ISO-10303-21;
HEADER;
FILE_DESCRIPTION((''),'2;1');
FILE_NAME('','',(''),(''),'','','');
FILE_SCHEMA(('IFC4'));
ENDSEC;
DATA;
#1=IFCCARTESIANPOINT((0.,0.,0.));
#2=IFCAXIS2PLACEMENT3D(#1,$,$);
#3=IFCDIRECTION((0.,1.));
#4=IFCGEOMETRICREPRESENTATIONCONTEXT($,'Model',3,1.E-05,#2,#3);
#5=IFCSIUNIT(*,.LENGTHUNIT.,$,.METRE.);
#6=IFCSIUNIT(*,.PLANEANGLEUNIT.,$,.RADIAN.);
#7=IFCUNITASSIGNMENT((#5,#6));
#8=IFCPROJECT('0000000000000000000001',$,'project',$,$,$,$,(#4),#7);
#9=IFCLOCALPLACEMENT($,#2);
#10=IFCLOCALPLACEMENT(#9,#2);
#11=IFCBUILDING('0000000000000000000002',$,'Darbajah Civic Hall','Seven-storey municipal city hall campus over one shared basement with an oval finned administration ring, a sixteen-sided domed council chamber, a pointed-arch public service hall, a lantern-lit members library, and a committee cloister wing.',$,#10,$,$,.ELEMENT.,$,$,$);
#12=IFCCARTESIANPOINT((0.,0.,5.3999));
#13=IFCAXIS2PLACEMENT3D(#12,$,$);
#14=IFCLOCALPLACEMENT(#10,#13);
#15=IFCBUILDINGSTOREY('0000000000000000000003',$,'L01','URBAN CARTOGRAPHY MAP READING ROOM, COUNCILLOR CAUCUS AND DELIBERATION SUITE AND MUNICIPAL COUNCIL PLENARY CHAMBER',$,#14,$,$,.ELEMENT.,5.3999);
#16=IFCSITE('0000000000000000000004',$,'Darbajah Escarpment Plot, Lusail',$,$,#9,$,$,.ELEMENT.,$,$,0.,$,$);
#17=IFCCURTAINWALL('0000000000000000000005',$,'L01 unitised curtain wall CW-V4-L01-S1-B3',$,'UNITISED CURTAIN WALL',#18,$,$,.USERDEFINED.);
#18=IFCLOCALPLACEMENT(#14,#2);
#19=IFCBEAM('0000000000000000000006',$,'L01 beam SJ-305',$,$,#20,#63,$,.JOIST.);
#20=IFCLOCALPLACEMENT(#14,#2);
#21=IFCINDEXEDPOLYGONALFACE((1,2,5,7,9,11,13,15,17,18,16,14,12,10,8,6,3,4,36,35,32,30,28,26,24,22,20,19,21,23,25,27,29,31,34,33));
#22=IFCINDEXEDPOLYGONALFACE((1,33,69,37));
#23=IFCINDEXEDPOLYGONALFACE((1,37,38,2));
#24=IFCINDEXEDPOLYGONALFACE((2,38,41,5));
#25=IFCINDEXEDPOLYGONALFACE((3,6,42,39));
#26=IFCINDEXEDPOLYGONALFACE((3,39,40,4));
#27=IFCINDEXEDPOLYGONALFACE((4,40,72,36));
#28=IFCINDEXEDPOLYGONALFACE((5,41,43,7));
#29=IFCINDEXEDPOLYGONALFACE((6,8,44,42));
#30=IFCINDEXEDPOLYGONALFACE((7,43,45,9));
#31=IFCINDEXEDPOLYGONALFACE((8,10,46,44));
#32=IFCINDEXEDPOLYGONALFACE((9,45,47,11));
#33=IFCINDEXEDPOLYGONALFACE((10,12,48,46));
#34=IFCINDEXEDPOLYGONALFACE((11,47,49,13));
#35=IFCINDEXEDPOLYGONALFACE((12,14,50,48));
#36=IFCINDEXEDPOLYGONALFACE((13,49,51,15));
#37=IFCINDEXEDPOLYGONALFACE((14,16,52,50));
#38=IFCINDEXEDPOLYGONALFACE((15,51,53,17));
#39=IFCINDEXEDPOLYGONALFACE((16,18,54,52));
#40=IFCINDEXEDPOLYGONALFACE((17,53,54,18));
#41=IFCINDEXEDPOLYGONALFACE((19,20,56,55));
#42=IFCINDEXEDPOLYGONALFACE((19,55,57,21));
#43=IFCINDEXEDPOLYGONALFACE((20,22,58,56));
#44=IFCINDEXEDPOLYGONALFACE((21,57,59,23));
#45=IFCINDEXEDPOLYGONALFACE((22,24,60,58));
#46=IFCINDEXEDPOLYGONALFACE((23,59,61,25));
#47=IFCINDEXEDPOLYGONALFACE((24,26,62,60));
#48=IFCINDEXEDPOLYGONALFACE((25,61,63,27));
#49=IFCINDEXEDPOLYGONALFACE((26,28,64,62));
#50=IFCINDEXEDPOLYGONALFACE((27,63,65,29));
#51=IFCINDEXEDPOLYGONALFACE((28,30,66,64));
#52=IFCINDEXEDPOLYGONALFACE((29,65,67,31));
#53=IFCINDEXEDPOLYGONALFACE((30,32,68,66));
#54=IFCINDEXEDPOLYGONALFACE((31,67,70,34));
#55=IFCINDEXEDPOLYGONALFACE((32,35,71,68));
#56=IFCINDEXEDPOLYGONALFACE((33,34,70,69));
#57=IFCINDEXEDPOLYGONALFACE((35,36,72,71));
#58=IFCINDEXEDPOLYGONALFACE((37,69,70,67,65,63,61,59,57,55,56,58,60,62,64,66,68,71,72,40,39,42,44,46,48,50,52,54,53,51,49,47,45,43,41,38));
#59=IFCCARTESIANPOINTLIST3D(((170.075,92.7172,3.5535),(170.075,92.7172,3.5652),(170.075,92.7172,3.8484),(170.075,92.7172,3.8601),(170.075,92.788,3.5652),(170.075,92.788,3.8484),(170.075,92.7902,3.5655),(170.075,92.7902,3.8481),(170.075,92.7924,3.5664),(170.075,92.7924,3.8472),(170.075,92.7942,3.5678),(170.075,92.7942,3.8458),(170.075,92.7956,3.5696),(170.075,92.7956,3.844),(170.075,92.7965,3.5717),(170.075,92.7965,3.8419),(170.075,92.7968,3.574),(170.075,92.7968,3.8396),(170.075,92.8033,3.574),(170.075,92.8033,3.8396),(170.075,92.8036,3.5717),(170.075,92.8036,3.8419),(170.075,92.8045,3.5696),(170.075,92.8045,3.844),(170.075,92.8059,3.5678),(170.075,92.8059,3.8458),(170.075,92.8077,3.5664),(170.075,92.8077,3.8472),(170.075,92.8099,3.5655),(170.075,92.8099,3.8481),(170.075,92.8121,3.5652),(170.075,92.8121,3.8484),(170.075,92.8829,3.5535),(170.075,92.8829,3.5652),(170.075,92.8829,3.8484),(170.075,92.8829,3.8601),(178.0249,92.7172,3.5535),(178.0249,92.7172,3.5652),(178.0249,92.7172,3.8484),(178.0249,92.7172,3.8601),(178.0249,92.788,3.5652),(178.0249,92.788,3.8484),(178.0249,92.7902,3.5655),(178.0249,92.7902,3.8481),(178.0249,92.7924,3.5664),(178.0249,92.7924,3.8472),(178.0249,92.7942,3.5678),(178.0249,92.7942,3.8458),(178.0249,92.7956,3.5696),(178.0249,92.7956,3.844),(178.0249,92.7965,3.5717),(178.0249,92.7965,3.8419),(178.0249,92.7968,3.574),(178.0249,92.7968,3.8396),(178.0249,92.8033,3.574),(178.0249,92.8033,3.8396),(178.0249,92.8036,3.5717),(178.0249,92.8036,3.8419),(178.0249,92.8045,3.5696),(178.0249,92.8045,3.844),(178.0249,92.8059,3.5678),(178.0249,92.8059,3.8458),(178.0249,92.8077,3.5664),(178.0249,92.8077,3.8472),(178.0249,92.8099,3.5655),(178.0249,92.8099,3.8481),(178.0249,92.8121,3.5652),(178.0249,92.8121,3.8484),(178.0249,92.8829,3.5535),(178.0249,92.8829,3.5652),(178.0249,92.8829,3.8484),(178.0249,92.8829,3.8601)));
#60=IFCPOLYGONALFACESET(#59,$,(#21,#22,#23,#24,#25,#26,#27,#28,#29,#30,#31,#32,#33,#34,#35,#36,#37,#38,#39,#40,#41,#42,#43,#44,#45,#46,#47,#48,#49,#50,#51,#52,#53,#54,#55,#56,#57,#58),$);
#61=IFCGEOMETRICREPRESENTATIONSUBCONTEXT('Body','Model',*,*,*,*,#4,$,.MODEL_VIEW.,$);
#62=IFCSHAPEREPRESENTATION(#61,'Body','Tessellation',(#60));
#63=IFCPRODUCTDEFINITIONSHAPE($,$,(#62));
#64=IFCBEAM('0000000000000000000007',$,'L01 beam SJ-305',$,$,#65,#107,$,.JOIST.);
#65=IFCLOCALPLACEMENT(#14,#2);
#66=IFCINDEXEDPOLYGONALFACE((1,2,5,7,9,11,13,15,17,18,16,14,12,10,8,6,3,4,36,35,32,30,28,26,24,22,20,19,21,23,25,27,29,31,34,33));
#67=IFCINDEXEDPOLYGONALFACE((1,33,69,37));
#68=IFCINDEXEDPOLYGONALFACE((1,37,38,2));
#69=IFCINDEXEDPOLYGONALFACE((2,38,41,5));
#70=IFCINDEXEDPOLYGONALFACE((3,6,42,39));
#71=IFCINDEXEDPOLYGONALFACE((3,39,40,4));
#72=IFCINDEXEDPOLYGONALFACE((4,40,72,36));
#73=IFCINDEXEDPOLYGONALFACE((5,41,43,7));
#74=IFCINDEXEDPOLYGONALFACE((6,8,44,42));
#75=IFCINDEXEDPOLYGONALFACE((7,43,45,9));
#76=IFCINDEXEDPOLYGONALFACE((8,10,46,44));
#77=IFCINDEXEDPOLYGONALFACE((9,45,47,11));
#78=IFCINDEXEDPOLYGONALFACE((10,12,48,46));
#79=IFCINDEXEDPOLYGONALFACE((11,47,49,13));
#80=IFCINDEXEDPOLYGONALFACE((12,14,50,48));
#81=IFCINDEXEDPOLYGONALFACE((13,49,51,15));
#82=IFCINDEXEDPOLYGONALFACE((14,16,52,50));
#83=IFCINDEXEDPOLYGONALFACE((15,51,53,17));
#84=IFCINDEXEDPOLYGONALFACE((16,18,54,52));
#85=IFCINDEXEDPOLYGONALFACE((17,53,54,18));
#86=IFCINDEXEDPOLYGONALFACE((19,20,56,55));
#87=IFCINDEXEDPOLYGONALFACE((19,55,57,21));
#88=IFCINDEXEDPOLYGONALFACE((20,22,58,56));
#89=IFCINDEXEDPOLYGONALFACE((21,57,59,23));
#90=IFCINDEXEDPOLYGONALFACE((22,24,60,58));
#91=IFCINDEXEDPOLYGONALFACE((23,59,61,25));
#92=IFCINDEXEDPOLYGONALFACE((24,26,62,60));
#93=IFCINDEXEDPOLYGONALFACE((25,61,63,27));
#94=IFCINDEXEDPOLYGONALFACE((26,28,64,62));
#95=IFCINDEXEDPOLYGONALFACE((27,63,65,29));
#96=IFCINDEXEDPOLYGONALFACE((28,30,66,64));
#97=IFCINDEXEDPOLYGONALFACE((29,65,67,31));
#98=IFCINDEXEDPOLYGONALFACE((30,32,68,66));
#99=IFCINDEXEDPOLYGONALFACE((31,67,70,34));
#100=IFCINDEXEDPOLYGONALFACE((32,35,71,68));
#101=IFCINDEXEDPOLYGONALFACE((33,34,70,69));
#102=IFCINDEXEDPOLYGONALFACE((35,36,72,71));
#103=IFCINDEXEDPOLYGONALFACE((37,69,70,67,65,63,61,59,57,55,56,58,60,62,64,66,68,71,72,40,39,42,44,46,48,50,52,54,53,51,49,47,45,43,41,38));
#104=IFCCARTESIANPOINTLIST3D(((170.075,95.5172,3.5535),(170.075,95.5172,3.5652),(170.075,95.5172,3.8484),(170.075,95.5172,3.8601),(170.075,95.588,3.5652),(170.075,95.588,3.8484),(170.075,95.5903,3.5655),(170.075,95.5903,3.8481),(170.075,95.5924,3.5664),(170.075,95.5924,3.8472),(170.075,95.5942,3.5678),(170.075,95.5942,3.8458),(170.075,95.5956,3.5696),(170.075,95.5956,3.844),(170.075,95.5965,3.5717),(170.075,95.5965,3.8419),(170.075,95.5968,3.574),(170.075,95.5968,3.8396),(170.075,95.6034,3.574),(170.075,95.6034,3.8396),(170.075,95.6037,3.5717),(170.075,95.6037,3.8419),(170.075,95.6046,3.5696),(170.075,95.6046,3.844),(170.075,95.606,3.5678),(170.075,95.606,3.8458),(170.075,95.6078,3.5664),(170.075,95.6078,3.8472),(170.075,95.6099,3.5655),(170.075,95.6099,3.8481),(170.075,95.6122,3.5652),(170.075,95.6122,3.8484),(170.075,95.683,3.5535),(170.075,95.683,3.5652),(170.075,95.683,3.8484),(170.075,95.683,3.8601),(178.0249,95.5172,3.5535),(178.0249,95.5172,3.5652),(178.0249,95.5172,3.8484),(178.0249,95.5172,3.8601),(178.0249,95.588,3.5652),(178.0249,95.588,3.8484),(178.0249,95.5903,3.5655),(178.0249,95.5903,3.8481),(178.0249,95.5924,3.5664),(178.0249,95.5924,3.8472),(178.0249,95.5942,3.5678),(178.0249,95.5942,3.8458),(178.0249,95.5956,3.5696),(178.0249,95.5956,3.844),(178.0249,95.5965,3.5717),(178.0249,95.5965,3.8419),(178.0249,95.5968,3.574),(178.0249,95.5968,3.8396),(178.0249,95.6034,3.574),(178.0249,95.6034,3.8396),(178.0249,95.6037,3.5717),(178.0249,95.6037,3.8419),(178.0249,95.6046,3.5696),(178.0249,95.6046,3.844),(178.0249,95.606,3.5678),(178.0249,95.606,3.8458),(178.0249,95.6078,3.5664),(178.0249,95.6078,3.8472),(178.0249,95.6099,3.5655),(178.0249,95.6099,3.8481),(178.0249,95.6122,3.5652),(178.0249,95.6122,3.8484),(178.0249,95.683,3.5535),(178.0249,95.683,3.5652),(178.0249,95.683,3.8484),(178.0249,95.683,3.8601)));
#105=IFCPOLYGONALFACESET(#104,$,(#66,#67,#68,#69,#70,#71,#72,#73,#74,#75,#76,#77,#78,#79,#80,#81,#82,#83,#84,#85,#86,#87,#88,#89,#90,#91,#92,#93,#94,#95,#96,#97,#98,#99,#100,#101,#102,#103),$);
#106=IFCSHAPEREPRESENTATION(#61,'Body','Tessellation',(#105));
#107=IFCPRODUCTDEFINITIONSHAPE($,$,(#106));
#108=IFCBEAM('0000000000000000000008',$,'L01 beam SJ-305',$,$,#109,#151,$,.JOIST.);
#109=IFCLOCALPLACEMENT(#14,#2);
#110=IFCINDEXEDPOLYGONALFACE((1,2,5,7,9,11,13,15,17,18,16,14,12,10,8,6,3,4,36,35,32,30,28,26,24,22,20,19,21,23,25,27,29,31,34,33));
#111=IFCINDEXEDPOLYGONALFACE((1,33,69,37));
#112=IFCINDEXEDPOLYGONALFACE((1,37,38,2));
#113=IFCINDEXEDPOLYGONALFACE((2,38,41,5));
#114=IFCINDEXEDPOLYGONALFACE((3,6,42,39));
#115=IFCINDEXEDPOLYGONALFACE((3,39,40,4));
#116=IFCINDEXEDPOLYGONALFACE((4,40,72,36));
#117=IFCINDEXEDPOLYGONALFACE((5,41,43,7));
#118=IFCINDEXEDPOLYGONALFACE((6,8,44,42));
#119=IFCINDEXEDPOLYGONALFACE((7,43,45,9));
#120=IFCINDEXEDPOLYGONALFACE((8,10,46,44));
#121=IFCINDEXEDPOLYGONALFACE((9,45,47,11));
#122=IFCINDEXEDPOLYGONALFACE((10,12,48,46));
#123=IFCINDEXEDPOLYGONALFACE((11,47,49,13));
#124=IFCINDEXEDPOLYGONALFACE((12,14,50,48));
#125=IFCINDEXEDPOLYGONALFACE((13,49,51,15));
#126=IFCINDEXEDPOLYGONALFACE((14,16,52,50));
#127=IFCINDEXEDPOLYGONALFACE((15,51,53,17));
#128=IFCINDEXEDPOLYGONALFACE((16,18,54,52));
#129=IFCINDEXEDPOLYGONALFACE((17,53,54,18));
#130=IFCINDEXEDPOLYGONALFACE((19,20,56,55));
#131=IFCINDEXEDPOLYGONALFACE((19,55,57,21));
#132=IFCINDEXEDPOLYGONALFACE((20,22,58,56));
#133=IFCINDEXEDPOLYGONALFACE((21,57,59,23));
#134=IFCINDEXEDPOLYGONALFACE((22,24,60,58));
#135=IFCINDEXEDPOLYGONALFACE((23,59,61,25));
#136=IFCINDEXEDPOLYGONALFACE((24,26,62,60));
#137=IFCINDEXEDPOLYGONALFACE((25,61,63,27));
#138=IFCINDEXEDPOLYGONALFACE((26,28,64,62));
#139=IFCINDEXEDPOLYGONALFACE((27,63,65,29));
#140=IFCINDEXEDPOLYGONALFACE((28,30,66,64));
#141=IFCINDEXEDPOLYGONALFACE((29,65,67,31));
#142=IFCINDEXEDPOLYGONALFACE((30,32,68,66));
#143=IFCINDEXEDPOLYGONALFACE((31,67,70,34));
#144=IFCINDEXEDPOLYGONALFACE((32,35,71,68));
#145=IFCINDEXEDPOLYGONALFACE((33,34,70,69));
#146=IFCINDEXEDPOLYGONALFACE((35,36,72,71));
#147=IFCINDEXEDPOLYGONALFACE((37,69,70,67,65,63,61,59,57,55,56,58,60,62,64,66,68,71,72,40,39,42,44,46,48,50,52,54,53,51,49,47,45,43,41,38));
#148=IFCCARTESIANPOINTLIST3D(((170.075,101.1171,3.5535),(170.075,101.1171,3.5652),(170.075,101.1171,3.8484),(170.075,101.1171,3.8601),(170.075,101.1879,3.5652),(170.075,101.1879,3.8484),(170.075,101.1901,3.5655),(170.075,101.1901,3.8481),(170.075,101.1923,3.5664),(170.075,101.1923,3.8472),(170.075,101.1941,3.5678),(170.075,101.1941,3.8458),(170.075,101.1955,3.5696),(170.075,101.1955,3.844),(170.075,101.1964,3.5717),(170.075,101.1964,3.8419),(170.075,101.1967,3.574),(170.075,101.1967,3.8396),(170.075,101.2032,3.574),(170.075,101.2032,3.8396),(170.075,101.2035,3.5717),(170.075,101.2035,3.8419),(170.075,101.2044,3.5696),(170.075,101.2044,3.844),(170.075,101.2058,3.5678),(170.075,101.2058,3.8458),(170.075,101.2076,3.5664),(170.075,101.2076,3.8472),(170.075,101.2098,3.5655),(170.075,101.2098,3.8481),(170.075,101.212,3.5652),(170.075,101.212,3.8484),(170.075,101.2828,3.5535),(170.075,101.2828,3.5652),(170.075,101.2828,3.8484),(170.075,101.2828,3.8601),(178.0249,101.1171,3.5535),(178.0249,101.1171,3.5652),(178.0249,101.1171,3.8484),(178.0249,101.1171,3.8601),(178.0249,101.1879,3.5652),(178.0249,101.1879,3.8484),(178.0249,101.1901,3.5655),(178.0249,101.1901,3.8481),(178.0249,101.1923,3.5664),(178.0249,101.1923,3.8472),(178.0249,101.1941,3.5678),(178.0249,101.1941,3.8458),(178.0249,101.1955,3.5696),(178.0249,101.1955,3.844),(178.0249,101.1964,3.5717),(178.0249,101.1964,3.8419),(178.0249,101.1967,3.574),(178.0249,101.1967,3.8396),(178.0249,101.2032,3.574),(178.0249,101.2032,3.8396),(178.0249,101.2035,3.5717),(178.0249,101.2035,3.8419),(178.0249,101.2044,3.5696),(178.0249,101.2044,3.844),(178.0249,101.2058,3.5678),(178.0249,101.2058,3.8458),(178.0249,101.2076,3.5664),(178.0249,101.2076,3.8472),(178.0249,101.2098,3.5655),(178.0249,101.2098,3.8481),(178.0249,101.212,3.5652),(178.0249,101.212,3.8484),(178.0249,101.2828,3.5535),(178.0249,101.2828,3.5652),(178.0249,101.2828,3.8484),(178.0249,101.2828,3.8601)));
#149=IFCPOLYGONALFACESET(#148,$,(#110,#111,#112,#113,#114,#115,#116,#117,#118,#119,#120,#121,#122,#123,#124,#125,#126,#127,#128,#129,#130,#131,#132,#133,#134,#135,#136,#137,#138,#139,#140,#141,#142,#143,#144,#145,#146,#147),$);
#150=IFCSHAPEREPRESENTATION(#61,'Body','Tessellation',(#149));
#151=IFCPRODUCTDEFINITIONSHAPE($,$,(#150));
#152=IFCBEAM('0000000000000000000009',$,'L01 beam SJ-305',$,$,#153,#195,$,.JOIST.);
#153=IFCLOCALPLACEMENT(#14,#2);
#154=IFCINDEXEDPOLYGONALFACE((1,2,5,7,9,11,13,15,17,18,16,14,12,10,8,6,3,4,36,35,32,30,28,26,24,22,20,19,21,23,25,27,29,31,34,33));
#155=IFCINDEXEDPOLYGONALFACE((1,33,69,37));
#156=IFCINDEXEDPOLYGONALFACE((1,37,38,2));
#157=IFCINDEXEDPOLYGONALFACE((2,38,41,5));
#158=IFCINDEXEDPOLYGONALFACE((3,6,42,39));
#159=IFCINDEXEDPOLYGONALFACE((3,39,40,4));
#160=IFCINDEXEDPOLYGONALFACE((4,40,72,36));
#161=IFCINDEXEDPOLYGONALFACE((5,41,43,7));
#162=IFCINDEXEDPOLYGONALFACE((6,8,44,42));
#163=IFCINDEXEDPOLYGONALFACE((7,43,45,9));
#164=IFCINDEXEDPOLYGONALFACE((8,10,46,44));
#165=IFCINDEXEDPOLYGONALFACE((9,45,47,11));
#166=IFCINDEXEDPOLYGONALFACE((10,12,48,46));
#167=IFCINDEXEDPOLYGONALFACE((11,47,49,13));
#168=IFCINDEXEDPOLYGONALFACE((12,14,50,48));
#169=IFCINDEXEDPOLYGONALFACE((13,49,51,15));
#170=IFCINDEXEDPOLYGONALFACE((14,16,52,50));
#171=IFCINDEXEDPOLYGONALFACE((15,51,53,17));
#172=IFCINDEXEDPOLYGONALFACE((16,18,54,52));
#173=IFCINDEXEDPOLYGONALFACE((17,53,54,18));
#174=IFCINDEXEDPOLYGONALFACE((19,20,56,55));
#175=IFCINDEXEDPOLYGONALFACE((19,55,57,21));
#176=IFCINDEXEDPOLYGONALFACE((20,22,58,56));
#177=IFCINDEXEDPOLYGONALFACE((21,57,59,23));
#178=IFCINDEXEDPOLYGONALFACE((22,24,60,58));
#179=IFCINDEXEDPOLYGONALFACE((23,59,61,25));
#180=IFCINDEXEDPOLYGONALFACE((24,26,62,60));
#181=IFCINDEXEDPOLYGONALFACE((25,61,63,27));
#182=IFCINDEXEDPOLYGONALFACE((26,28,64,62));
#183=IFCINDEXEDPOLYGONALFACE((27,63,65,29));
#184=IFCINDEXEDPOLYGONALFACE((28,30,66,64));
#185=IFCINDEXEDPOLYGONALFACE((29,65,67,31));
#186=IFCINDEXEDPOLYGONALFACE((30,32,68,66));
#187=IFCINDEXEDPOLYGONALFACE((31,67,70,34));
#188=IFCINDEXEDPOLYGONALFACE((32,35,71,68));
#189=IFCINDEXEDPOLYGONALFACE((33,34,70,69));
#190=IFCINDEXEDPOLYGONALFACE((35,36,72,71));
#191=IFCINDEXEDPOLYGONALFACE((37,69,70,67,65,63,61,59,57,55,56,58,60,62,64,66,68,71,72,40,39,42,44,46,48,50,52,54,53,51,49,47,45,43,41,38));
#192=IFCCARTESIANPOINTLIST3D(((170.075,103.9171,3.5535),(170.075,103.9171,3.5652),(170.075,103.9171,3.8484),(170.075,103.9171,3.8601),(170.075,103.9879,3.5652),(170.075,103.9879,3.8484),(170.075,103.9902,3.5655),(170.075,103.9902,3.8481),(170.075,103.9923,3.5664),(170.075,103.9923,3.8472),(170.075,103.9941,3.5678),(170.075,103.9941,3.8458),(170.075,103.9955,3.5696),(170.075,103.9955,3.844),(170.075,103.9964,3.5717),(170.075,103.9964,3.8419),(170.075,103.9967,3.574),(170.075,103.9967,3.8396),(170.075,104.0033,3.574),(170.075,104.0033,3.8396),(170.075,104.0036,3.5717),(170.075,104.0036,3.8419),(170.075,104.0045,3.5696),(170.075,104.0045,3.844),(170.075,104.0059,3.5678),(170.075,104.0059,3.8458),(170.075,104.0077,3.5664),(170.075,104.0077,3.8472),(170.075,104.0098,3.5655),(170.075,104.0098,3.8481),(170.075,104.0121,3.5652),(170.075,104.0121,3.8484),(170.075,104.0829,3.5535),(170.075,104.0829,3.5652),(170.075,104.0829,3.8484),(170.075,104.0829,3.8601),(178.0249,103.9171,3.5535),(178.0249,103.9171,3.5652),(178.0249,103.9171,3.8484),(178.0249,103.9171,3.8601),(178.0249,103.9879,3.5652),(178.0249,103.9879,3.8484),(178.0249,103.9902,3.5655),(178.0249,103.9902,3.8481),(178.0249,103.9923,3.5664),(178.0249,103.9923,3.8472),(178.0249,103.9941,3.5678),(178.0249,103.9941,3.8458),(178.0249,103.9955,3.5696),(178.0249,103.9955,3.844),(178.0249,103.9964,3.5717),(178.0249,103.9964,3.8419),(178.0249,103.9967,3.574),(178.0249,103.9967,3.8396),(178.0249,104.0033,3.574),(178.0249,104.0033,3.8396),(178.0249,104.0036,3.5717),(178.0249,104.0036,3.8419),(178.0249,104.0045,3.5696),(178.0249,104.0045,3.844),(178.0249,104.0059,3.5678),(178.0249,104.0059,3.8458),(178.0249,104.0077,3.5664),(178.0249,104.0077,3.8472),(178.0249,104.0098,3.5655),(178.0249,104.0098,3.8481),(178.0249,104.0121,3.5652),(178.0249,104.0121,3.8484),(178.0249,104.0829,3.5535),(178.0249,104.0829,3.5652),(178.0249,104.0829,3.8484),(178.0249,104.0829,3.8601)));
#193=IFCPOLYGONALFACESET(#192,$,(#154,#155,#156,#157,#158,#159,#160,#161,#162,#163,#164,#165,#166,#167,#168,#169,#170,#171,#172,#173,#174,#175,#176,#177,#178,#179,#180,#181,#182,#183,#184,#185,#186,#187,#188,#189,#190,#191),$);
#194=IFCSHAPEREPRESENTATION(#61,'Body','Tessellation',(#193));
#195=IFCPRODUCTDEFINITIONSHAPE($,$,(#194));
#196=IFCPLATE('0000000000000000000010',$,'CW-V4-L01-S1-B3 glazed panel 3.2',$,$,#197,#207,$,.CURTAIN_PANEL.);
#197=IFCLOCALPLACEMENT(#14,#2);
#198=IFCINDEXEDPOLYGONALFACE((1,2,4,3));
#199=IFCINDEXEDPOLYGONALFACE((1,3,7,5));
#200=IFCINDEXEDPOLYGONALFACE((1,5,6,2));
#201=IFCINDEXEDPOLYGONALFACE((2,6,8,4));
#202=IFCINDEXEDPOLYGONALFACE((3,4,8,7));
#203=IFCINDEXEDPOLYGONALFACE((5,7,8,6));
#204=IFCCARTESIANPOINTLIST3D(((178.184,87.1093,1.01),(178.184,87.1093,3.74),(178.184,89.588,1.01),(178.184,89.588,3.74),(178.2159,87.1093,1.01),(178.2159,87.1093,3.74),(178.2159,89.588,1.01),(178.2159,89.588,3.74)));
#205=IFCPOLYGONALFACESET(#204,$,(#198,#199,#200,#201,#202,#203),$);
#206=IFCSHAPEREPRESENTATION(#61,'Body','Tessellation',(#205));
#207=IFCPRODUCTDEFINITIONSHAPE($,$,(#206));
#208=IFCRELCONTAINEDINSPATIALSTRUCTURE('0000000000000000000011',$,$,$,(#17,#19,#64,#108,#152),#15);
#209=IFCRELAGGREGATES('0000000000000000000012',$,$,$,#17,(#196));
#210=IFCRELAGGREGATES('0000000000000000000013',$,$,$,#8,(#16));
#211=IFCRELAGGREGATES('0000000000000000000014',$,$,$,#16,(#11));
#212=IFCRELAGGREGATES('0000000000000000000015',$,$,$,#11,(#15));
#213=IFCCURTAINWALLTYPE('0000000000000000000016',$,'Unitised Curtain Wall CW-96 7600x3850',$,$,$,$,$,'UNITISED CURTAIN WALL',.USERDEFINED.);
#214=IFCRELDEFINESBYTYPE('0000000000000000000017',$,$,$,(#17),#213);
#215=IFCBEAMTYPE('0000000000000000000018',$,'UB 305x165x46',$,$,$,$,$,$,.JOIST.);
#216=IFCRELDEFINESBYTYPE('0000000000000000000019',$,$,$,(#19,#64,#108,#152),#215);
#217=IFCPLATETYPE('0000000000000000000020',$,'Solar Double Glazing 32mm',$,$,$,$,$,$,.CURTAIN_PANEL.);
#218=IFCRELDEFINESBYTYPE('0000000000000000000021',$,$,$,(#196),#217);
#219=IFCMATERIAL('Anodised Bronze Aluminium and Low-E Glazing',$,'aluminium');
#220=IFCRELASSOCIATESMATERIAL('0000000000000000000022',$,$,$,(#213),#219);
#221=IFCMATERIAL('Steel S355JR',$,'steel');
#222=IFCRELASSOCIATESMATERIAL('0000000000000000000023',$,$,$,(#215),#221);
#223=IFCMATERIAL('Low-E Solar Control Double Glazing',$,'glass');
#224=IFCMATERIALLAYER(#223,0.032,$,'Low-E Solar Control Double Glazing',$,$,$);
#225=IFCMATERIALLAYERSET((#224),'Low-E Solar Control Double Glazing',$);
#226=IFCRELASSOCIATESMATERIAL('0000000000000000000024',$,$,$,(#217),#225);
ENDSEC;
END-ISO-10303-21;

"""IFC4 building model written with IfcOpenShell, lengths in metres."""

from ifc_helpers import new_model, si_unit, direction, frame, origin, origin_2d, place, context, subcontext, project, spatial, rectangle, i_section, extrude, material, layer, layer_set, material_profile, profile_set, type_object, element, aggregate, save


model = new_model("IFC4")

# Units and contexts
model_context = context("Model", 3, precision=1e-05, world=origin(), true_north=direction((0.0, 1.0)))
body_context = subcontext(model_context, "Body", "Model", "MODEL_VIEW")
ifc_project = project(units=[si_unit("LENGTHUNIT", "METRE"), si_unit("PLANEANGLEUNIT", "RADIAN")], contexts=[model_context])

# Site, building, storey
site_placement = place(None, origin())
site = spatial("IfcSite", under=ifc_project, at=site_placement, Name="Darbajah Escarpment Plot, Lusail", CompositionType="ELEMENT", RefElevation=0.0)
building_placement = place(site_placement, origin())
building = spatial("IfcBuilding", under=site, at=building_placement, Name="Darbajah Civic Hall", Description="Seven-storey municipal city hall campus over one shared basement with an oval finned administration ring, a sixteen-sided domed council chamber, a pointed-arch public service hall, a lantern-lit members library, and a committee cloister wing.", CompositionType="ELEMENT")
storey_placement = place(building_placement, frame((0.0, 0.0, 5.3999)))
storey = spatial("IfcBuildingStorey", under=building, at=storey_placement, Name="L01", Description="URBAN CARTOGRAPHY MAP READING ROOM, COUNCILLOR CAUCUS AND DELIBERATION SUITE AND MUNICIPAL COUNCIL PLENARY CHAMBER", CompositionType="ELEMENT", Elevation=5.3999)

# Curtain wall
ifc_material_1 = material(Name="Anodised Bronze Aluminium and Low-E Glazing", Category="aluminium")
curtain_wall_type = type_object("IfcCurtainWallType", Name="Unitised Curtain Wall CW-96 7600x3850", ElementType="UNITISED CURTAIN WALL", PredefinedType="USERDEFINED", material=ifc_material_1)
curtain_wall_1_placement = place(storey_placement, origin())
curtain_wall_1 = element("IfcCurtainWall", 1, at=curtain_wall_1_placement, inside=storey, type_object=curtain_wall_type, Name="L01 unitised curtain wall CW-V4-L01-S1-B3", ObjectType="UNITISED CURTAIN WALL", PredefinedType="USERDEFINED")

# Beams
ifc_material_2 = material(Name="Steel S355JR", Category="steel")
ifc_material_profile_1 = material_profile(ifc_material_2, i_section(OverallWidth=0.1658, OverallDepth=0.3066, WebThickness=0.0066, FlangeThickness=0.0117, FilletRadius=0.0088, at=origin_2d()), Name="UB 305x165x46")
ifc_profile_set_1 = profile_set([ifc_material_profile_1], Name="Steel S355JR")
beam_type_1 = type_object("IfcBeamType", Name="UB 305x165x46", PredefinedType="JOIST", material=ifc_profile_set_1)
for number, where, z_axis, x_axis, name in (
    (2, (170.075, 92.8, 3.7068), (1.0, 0.0, 0.0), (0.0, 1.0, 0.0), "L01 beam SJ-305"),
    (3, (170.075, 95.6001, 3.7068), (1.0, 0.0, 0.0), (0.0, 1.0, 0.0), "L01 beam SJ-305"),
    (4, (170.075, 101.2, 3.7068), (1.0, 0.0, 0.0), (0.0, 1.0, 0.0), "L01 beam SJ-305"),
    (5, (170.075, 104.0, 3.7068), (1.0, 0.0, 0.0), (0.0, 1.0, 0.0), "L01 beam SJ-305"),
):
    element("IfcBeam", number, at=place(storey_placement, frame(where, z_axis=z_axis, x_axis=x_axis)), inside=storey, type_object=beam_type_1, Name=name, PredefinedType="JOIST", context=body_context, shape_type="SweptSolid", body=[
        extrude(i_section(OverallWidth=0.1658, OverallDepth=0.3066, WebThickness=0.0066, FlangeThickness=0.0117, FilletRadius=0.0088, at=origin_2d()), origin(), (0.0, 0.0, 1.0), 7.95),
    ])

# Plate
ifc_material_3 = material(Name="Low-E Solar Control Double Glazing", Category="glass")
ifc_layer_1 = layer(ifc_material_3, 0.032, Name="Low-E Solar Control Double Glazing")
ifc_layer_set_1 = layer_set([ifc_layer_1], Name="Low-E Solar Control Double Glazing")
plate_type = type_object("IfcPlateType", Name="Solar Double Glazing 32mm", PredefinedType="CURTAIN_PANEL", material=ifc_layer_set_1)
plate_placement = place(storey_placement, frame((178.2, 88.3486, 1.01), z_axis=(0.0, 0.0, 1.0), x_axis=(0.0, 1.0, 0.0)))
plate = element("IfcPlate", 6, at=plate_placement, type_object=plate_type, Name="CW-V4-L01-S1-B3 glazed panel 3.2", PredefinedType="CURTAIN_PANEL", context=body_context, shape_type="SweptSolid", body=[
    extrude(rectangle(XDim=2.4788, YDim=0.032, at=origin_2d()), origin(), (0.0, 0.0, 1.0), 2.73),
])
aggregate(curtain_wall_1, [plate])

save(model, "model.ifc")
